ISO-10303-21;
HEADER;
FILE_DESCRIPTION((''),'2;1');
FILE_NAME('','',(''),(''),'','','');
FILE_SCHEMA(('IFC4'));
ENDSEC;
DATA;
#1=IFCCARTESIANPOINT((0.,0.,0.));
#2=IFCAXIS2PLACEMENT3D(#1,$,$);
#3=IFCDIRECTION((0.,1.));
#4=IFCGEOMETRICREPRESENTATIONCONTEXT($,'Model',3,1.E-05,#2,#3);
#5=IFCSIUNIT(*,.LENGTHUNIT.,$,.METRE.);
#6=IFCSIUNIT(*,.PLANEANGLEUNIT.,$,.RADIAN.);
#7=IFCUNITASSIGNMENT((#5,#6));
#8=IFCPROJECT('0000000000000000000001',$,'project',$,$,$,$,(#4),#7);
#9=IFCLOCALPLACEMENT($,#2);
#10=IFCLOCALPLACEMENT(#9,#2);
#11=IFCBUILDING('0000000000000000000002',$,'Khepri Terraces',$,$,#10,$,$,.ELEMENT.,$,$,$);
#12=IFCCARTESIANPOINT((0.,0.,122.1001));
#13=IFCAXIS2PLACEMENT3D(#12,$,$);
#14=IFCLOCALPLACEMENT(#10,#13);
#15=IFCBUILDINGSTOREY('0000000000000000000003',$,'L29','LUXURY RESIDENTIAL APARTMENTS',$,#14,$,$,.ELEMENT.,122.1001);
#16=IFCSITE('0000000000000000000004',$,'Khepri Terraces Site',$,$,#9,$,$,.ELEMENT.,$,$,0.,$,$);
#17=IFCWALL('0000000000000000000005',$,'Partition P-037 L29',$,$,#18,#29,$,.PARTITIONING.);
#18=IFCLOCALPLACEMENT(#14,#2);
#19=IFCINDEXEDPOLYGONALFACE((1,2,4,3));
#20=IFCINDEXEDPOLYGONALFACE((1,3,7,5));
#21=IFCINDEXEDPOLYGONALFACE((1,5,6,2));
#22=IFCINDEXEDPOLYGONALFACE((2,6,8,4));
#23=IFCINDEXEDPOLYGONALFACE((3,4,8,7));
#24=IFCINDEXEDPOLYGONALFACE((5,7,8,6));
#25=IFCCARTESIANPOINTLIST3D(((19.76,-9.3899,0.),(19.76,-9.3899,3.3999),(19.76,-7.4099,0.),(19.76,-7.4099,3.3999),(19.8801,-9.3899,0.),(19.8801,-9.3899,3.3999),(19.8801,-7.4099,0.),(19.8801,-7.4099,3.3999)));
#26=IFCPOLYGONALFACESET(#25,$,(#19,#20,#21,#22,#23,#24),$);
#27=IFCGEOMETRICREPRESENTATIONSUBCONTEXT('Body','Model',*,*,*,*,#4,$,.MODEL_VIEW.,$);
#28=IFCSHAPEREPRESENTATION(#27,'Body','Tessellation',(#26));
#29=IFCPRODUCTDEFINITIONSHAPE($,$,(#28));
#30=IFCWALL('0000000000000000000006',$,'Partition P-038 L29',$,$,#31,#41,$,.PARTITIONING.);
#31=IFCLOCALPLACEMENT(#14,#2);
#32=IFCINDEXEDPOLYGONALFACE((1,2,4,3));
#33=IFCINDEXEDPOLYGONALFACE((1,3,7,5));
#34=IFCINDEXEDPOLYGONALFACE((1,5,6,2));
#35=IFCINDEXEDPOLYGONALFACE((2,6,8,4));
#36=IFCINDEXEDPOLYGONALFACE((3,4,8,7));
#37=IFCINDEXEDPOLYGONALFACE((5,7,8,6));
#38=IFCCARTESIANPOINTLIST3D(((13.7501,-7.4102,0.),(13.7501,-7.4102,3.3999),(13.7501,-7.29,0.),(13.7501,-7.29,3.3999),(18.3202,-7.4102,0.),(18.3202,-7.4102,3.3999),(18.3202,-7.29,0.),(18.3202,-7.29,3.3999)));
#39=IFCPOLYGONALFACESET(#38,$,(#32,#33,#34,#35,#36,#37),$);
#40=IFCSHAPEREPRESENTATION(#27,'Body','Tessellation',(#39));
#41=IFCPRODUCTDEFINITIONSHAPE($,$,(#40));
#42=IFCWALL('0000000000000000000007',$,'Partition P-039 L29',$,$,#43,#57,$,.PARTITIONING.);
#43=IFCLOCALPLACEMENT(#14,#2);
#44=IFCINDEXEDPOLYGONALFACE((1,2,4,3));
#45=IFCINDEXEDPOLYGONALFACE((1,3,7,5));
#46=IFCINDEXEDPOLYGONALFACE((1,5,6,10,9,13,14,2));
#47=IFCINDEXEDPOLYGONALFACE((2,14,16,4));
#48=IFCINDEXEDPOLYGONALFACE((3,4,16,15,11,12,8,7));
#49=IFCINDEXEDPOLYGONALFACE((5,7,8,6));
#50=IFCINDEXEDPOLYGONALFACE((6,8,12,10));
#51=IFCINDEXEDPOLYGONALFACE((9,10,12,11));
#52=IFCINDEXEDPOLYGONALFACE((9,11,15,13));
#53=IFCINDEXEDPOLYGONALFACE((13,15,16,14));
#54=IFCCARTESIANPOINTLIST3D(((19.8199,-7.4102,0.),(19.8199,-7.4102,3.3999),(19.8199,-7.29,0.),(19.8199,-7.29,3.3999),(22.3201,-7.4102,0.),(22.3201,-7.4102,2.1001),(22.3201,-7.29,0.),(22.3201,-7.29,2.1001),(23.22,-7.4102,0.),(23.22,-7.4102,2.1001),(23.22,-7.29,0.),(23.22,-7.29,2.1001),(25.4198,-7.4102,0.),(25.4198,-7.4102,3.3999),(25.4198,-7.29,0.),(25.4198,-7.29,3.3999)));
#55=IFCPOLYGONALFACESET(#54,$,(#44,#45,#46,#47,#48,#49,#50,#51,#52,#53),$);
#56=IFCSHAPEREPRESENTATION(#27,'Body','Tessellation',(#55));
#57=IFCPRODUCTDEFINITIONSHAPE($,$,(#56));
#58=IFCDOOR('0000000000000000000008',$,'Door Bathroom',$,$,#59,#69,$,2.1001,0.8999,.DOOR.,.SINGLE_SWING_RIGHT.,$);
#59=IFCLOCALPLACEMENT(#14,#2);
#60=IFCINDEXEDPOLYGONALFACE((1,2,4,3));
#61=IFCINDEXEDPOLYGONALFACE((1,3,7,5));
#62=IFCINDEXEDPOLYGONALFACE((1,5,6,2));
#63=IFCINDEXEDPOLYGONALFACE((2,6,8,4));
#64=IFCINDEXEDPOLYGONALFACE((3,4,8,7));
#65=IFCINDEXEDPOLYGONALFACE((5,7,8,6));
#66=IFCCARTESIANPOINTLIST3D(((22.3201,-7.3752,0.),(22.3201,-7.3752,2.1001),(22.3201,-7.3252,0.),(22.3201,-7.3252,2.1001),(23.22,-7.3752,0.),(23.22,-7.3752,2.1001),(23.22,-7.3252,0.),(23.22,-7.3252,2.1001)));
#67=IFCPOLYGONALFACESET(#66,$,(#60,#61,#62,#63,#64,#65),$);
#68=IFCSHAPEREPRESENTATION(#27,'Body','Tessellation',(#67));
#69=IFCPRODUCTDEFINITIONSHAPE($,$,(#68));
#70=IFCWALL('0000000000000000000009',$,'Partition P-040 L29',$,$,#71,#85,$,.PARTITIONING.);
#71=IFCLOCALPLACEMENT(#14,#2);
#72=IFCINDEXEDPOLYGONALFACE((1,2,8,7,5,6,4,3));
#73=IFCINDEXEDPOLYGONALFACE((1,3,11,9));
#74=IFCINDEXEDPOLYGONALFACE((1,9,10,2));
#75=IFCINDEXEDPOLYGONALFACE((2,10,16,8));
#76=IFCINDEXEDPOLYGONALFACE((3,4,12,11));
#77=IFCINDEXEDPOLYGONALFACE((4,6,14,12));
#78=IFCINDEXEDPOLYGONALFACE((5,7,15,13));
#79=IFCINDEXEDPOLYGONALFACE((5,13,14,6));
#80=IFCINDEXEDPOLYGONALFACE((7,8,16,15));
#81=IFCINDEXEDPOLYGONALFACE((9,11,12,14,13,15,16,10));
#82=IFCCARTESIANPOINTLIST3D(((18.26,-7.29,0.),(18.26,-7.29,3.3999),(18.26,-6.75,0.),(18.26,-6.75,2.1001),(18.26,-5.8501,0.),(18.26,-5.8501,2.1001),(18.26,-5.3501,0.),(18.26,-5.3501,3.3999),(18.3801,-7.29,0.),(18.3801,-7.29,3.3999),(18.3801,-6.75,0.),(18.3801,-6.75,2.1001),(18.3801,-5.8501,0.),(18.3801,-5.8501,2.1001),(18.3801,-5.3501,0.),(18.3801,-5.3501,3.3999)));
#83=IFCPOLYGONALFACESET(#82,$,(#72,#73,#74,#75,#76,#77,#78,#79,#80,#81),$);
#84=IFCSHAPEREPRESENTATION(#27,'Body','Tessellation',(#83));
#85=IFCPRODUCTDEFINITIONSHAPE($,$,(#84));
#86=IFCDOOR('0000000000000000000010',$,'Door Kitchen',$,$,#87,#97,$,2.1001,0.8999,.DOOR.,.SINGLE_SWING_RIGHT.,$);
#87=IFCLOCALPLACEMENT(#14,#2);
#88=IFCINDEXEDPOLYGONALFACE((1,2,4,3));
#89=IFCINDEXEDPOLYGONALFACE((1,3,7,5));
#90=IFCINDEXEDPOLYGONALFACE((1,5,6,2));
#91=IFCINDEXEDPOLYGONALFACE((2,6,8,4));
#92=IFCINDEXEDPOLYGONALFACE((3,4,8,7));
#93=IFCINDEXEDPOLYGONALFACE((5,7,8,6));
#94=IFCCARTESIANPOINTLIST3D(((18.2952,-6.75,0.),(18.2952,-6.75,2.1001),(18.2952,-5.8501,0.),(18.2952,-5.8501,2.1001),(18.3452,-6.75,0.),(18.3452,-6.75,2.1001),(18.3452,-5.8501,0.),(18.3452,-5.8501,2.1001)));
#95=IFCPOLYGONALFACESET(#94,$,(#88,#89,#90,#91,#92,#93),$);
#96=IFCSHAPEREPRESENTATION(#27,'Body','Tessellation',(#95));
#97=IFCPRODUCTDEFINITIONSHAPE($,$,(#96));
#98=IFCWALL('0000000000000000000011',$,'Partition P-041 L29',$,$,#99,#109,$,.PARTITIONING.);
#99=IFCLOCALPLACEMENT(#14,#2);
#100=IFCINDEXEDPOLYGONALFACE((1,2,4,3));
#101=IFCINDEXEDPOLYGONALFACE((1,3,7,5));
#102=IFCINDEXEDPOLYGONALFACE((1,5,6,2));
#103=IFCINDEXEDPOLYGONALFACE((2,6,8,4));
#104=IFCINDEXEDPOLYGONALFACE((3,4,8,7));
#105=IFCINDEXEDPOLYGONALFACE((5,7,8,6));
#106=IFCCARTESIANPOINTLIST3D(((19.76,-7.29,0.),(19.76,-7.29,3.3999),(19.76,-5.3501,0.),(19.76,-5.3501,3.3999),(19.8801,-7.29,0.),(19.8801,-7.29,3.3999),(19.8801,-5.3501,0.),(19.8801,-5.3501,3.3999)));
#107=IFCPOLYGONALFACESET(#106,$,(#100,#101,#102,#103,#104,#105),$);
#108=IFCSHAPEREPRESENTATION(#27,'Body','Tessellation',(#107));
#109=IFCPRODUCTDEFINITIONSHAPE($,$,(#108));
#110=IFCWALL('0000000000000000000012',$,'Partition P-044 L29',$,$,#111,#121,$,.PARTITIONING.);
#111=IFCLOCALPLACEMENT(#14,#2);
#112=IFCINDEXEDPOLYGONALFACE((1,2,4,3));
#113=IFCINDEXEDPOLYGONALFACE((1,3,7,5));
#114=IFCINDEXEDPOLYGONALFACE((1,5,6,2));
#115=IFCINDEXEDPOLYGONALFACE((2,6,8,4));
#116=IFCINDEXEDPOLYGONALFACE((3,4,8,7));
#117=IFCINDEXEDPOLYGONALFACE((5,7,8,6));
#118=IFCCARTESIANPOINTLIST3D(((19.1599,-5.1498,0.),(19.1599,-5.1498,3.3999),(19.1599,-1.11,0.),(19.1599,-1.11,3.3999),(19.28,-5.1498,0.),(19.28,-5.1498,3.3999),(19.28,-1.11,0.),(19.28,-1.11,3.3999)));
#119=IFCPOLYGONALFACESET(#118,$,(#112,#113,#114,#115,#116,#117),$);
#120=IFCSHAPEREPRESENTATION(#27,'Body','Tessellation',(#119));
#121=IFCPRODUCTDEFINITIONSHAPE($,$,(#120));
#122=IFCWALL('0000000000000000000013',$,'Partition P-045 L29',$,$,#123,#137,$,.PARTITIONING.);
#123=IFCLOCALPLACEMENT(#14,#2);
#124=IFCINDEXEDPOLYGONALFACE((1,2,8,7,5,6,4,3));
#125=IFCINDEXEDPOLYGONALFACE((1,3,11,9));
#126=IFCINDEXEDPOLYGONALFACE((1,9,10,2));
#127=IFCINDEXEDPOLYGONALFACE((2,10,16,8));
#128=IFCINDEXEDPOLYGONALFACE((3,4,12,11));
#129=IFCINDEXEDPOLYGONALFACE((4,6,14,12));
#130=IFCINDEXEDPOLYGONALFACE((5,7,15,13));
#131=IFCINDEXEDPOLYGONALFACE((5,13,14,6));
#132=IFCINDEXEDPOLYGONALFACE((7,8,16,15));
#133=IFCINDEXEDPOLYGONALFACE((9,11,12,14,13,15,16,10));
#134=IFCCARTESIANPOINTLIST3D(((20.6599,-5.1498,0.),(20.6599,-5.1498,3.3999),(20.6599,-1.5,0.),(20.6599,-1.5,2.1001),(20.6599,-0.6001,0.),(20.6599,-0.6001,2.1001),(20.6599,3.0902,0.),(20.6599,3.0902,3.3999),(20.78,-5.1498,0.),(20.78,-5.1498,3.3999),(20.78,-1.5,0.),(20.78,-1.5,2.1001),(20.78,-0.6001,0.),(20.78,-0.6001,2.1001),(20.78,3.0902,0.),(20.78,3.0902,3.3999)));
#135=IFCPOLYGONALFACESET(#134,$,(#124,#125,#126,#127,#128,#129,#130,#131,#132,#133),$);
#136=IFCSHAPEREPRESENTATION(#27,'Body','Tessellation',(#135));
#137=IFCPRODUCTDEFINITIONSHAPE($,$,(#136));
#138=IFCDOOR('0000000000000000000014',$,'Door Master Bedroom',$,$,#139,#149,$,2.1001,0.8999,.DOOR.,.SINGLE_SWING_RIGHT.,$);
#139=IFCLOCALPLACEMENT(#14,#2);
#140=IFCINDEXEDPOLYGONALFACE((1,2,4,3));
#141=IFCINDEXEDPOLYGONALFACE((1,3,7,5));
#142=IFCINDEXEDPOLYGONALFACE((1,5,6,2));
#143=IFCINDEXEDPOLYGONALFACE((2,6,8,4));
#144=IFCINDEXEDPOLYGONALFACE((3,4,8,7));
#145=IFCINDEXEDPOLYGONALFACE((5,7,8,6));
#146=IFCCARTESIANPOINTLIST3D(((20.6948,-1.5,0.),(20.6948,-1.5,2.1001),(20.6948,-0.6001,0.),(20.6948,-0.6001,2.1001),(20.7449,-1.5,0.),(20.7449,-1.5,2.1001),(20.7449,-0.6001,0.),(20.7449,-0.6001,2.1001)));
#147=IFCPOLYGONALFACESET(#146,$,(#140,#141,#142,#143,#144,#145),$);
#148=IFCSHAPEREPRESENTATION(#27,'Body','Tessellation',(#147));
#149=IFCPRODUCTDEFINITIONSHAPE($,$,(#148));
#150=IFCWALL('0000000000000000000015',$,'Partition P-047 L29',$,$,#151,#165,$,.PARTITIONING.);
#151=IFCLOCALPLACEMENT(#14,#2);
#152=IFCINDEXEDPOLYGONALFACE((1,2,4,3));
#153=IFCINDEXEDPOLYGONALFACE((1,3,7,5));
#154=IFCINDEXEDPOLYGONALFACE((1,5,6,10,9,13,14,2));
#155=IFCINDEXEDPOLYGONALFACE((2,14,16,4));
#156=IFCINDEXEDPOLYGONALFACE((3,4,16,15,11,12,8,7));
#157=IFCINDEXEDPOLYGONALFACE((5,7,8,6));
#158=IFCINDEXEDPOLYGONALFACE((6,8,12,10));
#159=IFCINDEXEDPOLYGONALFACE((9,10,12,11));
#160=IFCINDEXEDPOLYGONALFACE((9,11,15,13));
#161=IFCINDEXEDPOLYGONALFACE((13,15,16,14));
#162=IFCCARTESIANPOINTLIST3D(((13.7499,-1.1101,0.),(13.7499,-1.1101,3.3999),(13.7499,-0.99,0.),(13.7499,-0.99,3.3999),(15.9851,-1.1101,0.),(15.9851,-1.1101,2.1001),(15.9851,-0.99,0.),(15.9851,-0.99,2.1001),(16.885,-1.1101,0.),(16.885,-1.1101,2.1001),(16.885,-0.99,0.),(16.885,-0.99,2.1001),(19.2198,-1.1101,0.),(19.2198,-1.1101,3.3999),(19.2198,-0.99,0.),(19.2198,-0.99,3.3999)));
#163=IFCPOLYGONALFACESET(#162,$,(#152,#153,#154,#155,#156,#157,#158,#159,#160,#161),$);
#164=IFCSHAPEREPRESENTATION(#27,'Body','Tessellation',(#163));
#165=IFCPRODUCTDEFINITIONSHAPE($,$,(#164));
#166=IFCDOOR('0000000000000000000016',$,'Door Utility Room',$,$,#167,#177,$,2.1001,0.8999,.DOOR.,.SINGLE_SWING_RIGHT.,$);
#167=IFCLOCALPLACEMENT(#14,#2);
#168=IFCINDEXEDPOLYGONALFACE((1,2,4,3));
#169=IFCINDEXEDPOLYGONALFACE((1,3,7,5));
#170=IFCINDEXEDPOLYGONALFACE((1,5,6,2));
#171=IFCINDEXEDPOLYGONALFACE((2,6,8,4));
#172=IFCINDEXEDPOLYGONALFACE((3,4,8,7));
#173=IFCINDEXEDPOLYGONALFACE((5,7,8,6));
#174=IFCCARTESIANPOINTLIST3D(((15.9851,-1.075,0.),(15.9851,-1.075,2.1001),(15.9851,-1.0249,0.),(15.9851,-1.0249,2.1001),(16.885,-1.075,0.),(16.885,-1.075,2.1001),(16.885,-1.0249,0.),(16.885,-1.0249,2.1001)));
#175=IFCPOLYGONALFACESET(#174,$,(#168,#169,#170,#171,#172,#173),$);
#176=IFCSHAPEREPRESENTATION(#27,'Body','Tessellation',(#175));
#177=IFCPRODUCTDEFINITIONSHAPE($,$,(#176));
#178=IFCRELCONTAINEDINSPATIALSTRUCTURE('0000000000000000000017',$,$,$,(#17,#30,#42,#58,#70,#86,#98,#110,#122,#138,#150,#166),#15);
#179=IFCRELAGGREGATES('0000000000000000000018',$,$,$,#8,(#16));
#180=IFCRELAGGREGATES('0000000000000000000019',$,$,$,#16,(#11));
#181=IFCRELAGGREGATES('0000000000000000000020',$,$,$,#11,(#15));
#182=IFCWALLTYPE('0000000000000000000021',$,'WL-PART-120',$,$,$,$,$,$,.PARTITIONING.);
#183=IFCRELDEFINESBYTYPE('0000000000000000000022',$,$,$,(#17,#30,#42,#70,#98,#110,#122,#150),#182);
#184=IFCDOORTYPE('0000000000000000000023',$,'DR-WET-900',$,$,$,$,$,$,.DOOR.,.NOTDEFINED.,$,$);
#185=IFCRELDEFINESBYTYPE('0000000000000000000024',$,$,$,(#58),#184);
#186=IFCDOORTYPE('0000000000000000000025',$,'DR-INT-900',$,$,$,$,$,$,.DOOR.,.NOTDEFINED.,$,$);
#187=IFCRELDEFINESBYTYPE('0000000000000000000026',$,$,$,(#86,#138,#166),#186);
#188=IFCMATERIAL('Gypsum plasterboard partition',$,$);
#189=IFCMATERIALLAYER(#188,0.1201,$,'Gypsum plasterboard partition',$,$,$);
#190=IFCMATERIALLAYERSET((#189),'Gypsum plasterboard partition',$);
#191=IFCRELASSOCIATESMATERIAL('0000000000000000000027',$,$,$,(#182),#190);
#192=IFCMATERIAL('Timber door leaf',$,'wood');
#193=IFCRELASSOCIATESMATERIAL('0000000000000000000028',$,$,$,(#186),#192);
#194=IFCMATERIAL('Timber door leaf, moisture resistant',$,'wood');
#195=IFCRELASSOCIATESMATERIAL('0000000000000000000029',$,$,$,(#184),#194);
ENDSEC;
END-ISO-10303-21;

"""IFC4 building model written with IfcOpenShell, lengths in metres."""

from ifc_helpers import new_model, si_unit, direction, frame, frame_2d, origin, place, context, subcontext, project, spatial, rectangle, extrude, material, layer, layer_set, type_object, element, fill, save


model = new_model("IFC4")

# Units and contexts
model_context = context("Model", 3, precision=1e-05, world=origin(), true_north=direction((0.0, 1.0)))
body_context = subcontext(model_context, "Body", "Model", "MODEL_VIEW")
ifc_project = project(units=[si_unit("LENGTHUNIT", "METRE"), si_unit("PLANEANGLEUNIT", "RADIAN")], contexts=[model_context])

# Site, building, storey
site_placement = place(None, origin())
site = spatial("IfcSite", under=ifc_project, at=site_placement, Name="Khepri Terraces Site", CompositionType="ELEMENT", RefElevation=0.0)
building_placement = place(site_placement, origin())
building = spatial("IfcBuilding", under=site, at=building_placement, Name="Khepri Terraces", CompositionType="ELEMENT")
storey_placement = place(building_placement, frame((0.0, 0.0, 122.1001)))
storey = spatial("IfcBuildingStorey", under=building, at=storey_placement, Name="L29", Description="LUXURY RESIDENTIAL APARTMENTS", CompositionType="ELEMENT", Elevation=122.1001)

# Shared definitions
ifc_material_1 = material(Name="Gypsum plasterboard partition")
ifc_layer_1 = layer(ifc_material_1, 0.1201, Name="Gypsum plasterboard partition")
ifc_layer_set_1 = layer_set([ifc_layer_1], Name="Gypsum plasterboard partition")
wall_type_1 = type_object("IfcWallType", Name="WL-PART-120", PredefinedType="PARTITIONING", material=ifc_layer_set_1)
ifc_material_2 = material(Name="Timber door leaf", Category="wood")
door_type_1 = type_object("IfcDoorType", Name="DR-INT-900", OperationType="NOTDEFINED", PredefinedType="DOOR", material=ifc_material_2)
ifc_material_3 = material(Name="Timber door leaf, moisture resistant", Category="wood")
door_type_2 = type_object("IfcDoorType", Name="DR-WET-900", OperationType="NOTDEFINED", PredefinedType="DOOR", material=ifc_material_3)

# Walls
for number, where, z_axis, x_axis, name in (
    (1, (19.8201, -9.3899, 0.0), (0.0, 0.0, 1.0), (0.0, 1.0, 0.0), "Partition P-037 L29"),
):
    element("IfcWall", number, at=place(storey_placement, frame(where, z_axis=z_axis, x_axis=x_axis)), inside=storey, type_object=wall_type_1, Name=name, PredefinedType="PARTITIONING", context=body_context, shape_type="SweptSolid", body=[
        extrude(rectangle(XDim=1.98, YDim=0.1201, at=frame_2d((0.99, 0.0))), origin(), (0.0, 0.0, 1.0), 3.3999),
    ])
wall_1_placement = place(storey_placement, frame((13.75, -7.3501, 0.0), z_axis=(0.0, 0.0, 1.0), x_axis=(1.0, 0.0, 0.0)))
element("IfcWall", 2, at=wall_1_placement, inside=storey, type_object=wall_type_1, Name="Partition P-038 L29", PredefinedType="PARTITIONING", context=body_context, shape_type="SweptSolid", body=[
    extrude(rectangle(XDim=4.5701, YDim=0.1201, at=frame_2d((2.2852, 0.0))), origin(), (0.0, 0.0, 1.0), 3.3999),
])

# Walls, openings, doors
wall_2_placement = place(storey_placement, frame((19.8201, -7.3501, 0.0), z_axis=(0.0, 0.0, 1.0), x_axis=(1.0, 0.0, 0.0)))
wall_2 = element("IfcWall", 3, at=wall_2_placement, inside=storey, type_object=wall_type_1, Name="Partition P-039 L29", PredefinedType="PARTITIONING", context=body_context, shape_type="SweptSolid", body=[
    extrude(rectangle(XDim=5.5999, YDim=0.1201, at=frame_2d((2.7998, 0.0))), origin(), (0.0, 0.0, 1.0), 3.3999),
])
opening_1_placement = place(wall_2_placement, frame((2.5, 0.0, 0.0)))
opening_1 = element("IfcOpeningElement", 4, at=opening_1_placement, cuts=wall_2, PredefinedType="OPENING", context=body_context, shape_type="SweptSolid", body=[
    extrude(rectangle(XDim=0.8999, YDim=2.1001, at=frame_2d((0.45, 1.05))), frame((0.0, 0.0701, 0.0), z_axis=(0.0, -1.0, 0.0), x_axis=(1.0, 0.0, 0.0)), (0.0, 0.0, 1.0), 0.1401),
])
door_1_placement = place(opening_1_placement, origin())
door_1 = element("IfcDoor", 5, at=door_1_placement, inside=storey, type_object=door_type_2, Name="Door Bathroom", OperationType="SINGLE_SWING_RIGHT", OverallHeight=2.1001, OverallWidth=0.8999, PredefinedType="DOOR", context=body_context, shape_type="SweptSolid", body=[
    extrude(rectangle(XDim=0.8999, YDim=2.1001, at=frame_2d((0.45, 1.05))), frame((0.0, 0.0249, 0.0), z_axis=(0.0, -1.0, 0.0), x_axis=(1.0, 0.0, 0.0)), (0.0, 0.0, 1.0), 0.05),
])
fill(opening_1, door_1)
wall_3_placement = place(storey_placement, frame((18.3201, -7.29, 0.0), z_axis=(0.0, 0.0, 1.0), x_axis=(0.0, 1.0, 0.0)))
wall_3 = element("IfcWall", 6, at=wall_3_placement, inside=storey, type_object=wall_type_1, Name="Partition P-040 L29", PredefinedType="PARTITIONING", context=body_context, shape_type="SweptSolid", body=[
    extrude(rectangle(XDim=1.9399, YDim=0.1201, at=frame_2d((0.97, 0.0))), origin(), (0.0, 0.0, 1.0), 3.3999),
])
opening_2_placement = place(wall_3_placement, frame((0.54, 0.0, 0.0)))
opening_2 = element("IfcOpeningElement", 7, at=opening_2_placement, cuts=wall_3, PredefinedType="OPENING", context=body_context, shape_type="SweptSolid", body=[
    extrude(rectangle(XDim=0.8999, YDim=2.1001, at=frame_2d((0.45, 1.05))), frame((0.0, 0.0701, 0.0), z_axis=(0.0, -1.0, 0.0), x_axis=(1.0, 0.0, 0.0)), (0.0, 0.0, 1.0), 0.1401),
])
door_2_placement = place(opening_2_placement, origin())
door_2 = element("IfcDoor", 8, at=door_2_placement, inside=storey, type_object=door_type_1, Name="Door Kitchen", OperationType="SINGLE_SWING_RIGHT", OverallHeight=2.1001, OverallWidth=0.8999, PredefinedType="DOOR", context=body_context, shape_type="SweptSolid", body=[
    extrude(rectangle(XDim=0.8999, YDim=2.1001, at=frame_2d((0.45, 1.05))), frame((0.0, 0.0249, 0.0), z_axis=(0.0, -1.0, 0.0), x_axis=(1.0, 0.0, 0.0)), (0.0, 0.0, 1.0), 0.05),
])
fill(opening_2, door_2)

# Walls
wall_4_placement = place(storey_placement, frame((19.8201, -7.29, 0.0), z_axis=(0.0, 0.0, 1.0), x_axis=(0.0, 1.0, 0.0)))
element("IfcWall", 9, at=wall_4_placement, inside=storey, type_object=wall_type_1, Name="Partition P-041 L29", PredefinedType="PARTITIONING", context=body_context, shape_type="SweptSolid", body=[
    extrude(rectangle(XDim=1.9399, YDim=0.1201, at=frame_2d((0.97, 0.0))), origin(), (0.0, 0.0, 1.0), 3.3999),
])
wall_5_placement = place(storey_placement, frame((19.22, -5.1499, 0.0), z_axis=(0.0, 0.0, 1.0), x_axis=(0.0, 1.0, 0.0)))
element("IfcWall", 10, at=wall_5_placement, inside=storey, type_object=wall_type_1, Name="Partition P-044 L29", PredefinedType="PARTITIONING", context=body_context, shape_type="SweptSolid", body=[
    extrude(rectangle(XDim=4.0398, YDim=0.1201, at=frame_2d((2.02, 0.0))), origin(), (0.0, 0.0, 1.0), 3.3999),
])

# Walls, openings, doors
wall_6_placement = place(storey_placement, frame((20.72, -5.1499, 0.0), z_axis=(0.0, 0.0, 1.0), x_axis=(0.0, 1.0, 0.0)))
wall_6 = element("IfcWall", 11, at=wall_6_placement, inside=storey, type_object=wall_type_1, Name="Partition P-045 L29", PredefinedType="PARTITIONING", context=body_context, shape_type="SweptSolid", body=[
    extrude(rectangle(XDim=8.24, YDim=0.1201, at=frame_2d((4.1201, 0.0))), origin(), (0.0, 0.0, 1.0), 3.3999),
])
opening_3_placement = place(wall_6_placement, frame((3.6499, 0.0, 0.0)))
opening_3 = element("IfcOpeningElement", 12, at=opening_3_placement, cuts=wall_6, PredefinedType="OPENING", context=body_context, shape_type="SweptSolid", body=[
    extrude(rectangle(XDim=0.8999, YDim=2.1001, at=frame_2d((0.45, 1.05))), frame((0.0, 0.0701, 0.0), z_axis=(0.0, -1.0, 0.0), x_axis=(1.0, 0.0, 0.0)), (0.0, 0.0, 1.0), 0.1401),
])
door_3_placement = place(opening_3_placement, frame((0.8999, 0.0, 0.0), z_axis=(0.0, 0.0, 1.0), x_axis=(-1.0, 0.0, 0.0)))
door_3 = element("IfcDoor", 13, at=door_3_placement, inside=storey, type_object=door_type_1, Name="Door Master Bedroom", OperationType="SINGLE_SWING_RIGHT", OverallHeight=2.1001, OverallWidth=0.8999, PredefinedType="DOOR", context=body_context, shape_type="SweptSolid", body=[
    extrude(rectangle(XDim=0.8999, YDim=2.1001, at=frame_2d((0.45, 1.05))), frame((0.0, 0.0249, 0.0), z_axis=(0.0, -1.0, 0.0), x_axis=(1.0, 0.0, 0.0)), (0.0, 0.0, 1.0), 0.05),
])
fill(opening_3, door_3)
wall_7_placement = place(storey_placement, frame((13.75, -1.05, 0.0), z_axis=(0.0, 0.0, 1.0), x_axis=(1.0, 0.0, 0.0)))
wall_7 = element("IfcWall", 14, at=wall_7_placement, inside=storey, type_object=wall_type_1, Name="Partition P-047 L29", PredefinedType="PARTITIONING", context=body_context, shape_type="SweptSolid", body=[
    extrude(rectangle(XDim=5.47, YDim=0.1201, at=frame_2d((2.7349, 0.0))), origin(), (0.0, 0.0, 1.0), 3.3999),
])
opening_4_placement = place(wall_7_placement, frame((2.2351, 0.0, 0.0)))
opening_4 = element("IfcOpeningElement", 15, at=opening_4_placement, cuts=wall_7, PredefinedType="OPENING", context=body_context, shape_type="SweptSolid", body=[
    extrude(rectangle(XDim=0.8999, YDim=2.1001, at=frame_2d((0.45, 1.05))), frame((0.0, 0.0701, 0.0), z_axis=(0.0, -1.0, 0.0), x_axis=(1.0, 0.0, 0.0)), (0.0, 0.0, 1.0), 0.1401),
])
door_4_placement = place(opening_4_placement, frame((0.8999, 0.0, 0.0), z_axis=(0.0, 0.0, 1.0), x_axis=(-1.0, 0.0, 0.0)))
door_4 = element("IfcDoor", 16, at=door_4_placement, inside=storey, type_object=door_type_1, Name="Door Utility Room", OperationType="SINGLE_SWING_RIGHT", OverallHeight=2.1001, OverallWidth=0.8999, PredefinedType="DOOR", context=body_context, shape_type="SweptSolid", body=[
    extrude(rectangle(XDim=0.8999, YDim=2.1001, at=frame_2d((0.45, 1.05))), frame((0.0, 0.0249, 0.0), z_axis=(0.0, -1.0, 0.0), x_axis=(1.0, 0.0, 0.0)), (0.0, 0.0, 1.0), 0.05),
])
fill(opening_4, door_4)

save(model, "model.ifc")
